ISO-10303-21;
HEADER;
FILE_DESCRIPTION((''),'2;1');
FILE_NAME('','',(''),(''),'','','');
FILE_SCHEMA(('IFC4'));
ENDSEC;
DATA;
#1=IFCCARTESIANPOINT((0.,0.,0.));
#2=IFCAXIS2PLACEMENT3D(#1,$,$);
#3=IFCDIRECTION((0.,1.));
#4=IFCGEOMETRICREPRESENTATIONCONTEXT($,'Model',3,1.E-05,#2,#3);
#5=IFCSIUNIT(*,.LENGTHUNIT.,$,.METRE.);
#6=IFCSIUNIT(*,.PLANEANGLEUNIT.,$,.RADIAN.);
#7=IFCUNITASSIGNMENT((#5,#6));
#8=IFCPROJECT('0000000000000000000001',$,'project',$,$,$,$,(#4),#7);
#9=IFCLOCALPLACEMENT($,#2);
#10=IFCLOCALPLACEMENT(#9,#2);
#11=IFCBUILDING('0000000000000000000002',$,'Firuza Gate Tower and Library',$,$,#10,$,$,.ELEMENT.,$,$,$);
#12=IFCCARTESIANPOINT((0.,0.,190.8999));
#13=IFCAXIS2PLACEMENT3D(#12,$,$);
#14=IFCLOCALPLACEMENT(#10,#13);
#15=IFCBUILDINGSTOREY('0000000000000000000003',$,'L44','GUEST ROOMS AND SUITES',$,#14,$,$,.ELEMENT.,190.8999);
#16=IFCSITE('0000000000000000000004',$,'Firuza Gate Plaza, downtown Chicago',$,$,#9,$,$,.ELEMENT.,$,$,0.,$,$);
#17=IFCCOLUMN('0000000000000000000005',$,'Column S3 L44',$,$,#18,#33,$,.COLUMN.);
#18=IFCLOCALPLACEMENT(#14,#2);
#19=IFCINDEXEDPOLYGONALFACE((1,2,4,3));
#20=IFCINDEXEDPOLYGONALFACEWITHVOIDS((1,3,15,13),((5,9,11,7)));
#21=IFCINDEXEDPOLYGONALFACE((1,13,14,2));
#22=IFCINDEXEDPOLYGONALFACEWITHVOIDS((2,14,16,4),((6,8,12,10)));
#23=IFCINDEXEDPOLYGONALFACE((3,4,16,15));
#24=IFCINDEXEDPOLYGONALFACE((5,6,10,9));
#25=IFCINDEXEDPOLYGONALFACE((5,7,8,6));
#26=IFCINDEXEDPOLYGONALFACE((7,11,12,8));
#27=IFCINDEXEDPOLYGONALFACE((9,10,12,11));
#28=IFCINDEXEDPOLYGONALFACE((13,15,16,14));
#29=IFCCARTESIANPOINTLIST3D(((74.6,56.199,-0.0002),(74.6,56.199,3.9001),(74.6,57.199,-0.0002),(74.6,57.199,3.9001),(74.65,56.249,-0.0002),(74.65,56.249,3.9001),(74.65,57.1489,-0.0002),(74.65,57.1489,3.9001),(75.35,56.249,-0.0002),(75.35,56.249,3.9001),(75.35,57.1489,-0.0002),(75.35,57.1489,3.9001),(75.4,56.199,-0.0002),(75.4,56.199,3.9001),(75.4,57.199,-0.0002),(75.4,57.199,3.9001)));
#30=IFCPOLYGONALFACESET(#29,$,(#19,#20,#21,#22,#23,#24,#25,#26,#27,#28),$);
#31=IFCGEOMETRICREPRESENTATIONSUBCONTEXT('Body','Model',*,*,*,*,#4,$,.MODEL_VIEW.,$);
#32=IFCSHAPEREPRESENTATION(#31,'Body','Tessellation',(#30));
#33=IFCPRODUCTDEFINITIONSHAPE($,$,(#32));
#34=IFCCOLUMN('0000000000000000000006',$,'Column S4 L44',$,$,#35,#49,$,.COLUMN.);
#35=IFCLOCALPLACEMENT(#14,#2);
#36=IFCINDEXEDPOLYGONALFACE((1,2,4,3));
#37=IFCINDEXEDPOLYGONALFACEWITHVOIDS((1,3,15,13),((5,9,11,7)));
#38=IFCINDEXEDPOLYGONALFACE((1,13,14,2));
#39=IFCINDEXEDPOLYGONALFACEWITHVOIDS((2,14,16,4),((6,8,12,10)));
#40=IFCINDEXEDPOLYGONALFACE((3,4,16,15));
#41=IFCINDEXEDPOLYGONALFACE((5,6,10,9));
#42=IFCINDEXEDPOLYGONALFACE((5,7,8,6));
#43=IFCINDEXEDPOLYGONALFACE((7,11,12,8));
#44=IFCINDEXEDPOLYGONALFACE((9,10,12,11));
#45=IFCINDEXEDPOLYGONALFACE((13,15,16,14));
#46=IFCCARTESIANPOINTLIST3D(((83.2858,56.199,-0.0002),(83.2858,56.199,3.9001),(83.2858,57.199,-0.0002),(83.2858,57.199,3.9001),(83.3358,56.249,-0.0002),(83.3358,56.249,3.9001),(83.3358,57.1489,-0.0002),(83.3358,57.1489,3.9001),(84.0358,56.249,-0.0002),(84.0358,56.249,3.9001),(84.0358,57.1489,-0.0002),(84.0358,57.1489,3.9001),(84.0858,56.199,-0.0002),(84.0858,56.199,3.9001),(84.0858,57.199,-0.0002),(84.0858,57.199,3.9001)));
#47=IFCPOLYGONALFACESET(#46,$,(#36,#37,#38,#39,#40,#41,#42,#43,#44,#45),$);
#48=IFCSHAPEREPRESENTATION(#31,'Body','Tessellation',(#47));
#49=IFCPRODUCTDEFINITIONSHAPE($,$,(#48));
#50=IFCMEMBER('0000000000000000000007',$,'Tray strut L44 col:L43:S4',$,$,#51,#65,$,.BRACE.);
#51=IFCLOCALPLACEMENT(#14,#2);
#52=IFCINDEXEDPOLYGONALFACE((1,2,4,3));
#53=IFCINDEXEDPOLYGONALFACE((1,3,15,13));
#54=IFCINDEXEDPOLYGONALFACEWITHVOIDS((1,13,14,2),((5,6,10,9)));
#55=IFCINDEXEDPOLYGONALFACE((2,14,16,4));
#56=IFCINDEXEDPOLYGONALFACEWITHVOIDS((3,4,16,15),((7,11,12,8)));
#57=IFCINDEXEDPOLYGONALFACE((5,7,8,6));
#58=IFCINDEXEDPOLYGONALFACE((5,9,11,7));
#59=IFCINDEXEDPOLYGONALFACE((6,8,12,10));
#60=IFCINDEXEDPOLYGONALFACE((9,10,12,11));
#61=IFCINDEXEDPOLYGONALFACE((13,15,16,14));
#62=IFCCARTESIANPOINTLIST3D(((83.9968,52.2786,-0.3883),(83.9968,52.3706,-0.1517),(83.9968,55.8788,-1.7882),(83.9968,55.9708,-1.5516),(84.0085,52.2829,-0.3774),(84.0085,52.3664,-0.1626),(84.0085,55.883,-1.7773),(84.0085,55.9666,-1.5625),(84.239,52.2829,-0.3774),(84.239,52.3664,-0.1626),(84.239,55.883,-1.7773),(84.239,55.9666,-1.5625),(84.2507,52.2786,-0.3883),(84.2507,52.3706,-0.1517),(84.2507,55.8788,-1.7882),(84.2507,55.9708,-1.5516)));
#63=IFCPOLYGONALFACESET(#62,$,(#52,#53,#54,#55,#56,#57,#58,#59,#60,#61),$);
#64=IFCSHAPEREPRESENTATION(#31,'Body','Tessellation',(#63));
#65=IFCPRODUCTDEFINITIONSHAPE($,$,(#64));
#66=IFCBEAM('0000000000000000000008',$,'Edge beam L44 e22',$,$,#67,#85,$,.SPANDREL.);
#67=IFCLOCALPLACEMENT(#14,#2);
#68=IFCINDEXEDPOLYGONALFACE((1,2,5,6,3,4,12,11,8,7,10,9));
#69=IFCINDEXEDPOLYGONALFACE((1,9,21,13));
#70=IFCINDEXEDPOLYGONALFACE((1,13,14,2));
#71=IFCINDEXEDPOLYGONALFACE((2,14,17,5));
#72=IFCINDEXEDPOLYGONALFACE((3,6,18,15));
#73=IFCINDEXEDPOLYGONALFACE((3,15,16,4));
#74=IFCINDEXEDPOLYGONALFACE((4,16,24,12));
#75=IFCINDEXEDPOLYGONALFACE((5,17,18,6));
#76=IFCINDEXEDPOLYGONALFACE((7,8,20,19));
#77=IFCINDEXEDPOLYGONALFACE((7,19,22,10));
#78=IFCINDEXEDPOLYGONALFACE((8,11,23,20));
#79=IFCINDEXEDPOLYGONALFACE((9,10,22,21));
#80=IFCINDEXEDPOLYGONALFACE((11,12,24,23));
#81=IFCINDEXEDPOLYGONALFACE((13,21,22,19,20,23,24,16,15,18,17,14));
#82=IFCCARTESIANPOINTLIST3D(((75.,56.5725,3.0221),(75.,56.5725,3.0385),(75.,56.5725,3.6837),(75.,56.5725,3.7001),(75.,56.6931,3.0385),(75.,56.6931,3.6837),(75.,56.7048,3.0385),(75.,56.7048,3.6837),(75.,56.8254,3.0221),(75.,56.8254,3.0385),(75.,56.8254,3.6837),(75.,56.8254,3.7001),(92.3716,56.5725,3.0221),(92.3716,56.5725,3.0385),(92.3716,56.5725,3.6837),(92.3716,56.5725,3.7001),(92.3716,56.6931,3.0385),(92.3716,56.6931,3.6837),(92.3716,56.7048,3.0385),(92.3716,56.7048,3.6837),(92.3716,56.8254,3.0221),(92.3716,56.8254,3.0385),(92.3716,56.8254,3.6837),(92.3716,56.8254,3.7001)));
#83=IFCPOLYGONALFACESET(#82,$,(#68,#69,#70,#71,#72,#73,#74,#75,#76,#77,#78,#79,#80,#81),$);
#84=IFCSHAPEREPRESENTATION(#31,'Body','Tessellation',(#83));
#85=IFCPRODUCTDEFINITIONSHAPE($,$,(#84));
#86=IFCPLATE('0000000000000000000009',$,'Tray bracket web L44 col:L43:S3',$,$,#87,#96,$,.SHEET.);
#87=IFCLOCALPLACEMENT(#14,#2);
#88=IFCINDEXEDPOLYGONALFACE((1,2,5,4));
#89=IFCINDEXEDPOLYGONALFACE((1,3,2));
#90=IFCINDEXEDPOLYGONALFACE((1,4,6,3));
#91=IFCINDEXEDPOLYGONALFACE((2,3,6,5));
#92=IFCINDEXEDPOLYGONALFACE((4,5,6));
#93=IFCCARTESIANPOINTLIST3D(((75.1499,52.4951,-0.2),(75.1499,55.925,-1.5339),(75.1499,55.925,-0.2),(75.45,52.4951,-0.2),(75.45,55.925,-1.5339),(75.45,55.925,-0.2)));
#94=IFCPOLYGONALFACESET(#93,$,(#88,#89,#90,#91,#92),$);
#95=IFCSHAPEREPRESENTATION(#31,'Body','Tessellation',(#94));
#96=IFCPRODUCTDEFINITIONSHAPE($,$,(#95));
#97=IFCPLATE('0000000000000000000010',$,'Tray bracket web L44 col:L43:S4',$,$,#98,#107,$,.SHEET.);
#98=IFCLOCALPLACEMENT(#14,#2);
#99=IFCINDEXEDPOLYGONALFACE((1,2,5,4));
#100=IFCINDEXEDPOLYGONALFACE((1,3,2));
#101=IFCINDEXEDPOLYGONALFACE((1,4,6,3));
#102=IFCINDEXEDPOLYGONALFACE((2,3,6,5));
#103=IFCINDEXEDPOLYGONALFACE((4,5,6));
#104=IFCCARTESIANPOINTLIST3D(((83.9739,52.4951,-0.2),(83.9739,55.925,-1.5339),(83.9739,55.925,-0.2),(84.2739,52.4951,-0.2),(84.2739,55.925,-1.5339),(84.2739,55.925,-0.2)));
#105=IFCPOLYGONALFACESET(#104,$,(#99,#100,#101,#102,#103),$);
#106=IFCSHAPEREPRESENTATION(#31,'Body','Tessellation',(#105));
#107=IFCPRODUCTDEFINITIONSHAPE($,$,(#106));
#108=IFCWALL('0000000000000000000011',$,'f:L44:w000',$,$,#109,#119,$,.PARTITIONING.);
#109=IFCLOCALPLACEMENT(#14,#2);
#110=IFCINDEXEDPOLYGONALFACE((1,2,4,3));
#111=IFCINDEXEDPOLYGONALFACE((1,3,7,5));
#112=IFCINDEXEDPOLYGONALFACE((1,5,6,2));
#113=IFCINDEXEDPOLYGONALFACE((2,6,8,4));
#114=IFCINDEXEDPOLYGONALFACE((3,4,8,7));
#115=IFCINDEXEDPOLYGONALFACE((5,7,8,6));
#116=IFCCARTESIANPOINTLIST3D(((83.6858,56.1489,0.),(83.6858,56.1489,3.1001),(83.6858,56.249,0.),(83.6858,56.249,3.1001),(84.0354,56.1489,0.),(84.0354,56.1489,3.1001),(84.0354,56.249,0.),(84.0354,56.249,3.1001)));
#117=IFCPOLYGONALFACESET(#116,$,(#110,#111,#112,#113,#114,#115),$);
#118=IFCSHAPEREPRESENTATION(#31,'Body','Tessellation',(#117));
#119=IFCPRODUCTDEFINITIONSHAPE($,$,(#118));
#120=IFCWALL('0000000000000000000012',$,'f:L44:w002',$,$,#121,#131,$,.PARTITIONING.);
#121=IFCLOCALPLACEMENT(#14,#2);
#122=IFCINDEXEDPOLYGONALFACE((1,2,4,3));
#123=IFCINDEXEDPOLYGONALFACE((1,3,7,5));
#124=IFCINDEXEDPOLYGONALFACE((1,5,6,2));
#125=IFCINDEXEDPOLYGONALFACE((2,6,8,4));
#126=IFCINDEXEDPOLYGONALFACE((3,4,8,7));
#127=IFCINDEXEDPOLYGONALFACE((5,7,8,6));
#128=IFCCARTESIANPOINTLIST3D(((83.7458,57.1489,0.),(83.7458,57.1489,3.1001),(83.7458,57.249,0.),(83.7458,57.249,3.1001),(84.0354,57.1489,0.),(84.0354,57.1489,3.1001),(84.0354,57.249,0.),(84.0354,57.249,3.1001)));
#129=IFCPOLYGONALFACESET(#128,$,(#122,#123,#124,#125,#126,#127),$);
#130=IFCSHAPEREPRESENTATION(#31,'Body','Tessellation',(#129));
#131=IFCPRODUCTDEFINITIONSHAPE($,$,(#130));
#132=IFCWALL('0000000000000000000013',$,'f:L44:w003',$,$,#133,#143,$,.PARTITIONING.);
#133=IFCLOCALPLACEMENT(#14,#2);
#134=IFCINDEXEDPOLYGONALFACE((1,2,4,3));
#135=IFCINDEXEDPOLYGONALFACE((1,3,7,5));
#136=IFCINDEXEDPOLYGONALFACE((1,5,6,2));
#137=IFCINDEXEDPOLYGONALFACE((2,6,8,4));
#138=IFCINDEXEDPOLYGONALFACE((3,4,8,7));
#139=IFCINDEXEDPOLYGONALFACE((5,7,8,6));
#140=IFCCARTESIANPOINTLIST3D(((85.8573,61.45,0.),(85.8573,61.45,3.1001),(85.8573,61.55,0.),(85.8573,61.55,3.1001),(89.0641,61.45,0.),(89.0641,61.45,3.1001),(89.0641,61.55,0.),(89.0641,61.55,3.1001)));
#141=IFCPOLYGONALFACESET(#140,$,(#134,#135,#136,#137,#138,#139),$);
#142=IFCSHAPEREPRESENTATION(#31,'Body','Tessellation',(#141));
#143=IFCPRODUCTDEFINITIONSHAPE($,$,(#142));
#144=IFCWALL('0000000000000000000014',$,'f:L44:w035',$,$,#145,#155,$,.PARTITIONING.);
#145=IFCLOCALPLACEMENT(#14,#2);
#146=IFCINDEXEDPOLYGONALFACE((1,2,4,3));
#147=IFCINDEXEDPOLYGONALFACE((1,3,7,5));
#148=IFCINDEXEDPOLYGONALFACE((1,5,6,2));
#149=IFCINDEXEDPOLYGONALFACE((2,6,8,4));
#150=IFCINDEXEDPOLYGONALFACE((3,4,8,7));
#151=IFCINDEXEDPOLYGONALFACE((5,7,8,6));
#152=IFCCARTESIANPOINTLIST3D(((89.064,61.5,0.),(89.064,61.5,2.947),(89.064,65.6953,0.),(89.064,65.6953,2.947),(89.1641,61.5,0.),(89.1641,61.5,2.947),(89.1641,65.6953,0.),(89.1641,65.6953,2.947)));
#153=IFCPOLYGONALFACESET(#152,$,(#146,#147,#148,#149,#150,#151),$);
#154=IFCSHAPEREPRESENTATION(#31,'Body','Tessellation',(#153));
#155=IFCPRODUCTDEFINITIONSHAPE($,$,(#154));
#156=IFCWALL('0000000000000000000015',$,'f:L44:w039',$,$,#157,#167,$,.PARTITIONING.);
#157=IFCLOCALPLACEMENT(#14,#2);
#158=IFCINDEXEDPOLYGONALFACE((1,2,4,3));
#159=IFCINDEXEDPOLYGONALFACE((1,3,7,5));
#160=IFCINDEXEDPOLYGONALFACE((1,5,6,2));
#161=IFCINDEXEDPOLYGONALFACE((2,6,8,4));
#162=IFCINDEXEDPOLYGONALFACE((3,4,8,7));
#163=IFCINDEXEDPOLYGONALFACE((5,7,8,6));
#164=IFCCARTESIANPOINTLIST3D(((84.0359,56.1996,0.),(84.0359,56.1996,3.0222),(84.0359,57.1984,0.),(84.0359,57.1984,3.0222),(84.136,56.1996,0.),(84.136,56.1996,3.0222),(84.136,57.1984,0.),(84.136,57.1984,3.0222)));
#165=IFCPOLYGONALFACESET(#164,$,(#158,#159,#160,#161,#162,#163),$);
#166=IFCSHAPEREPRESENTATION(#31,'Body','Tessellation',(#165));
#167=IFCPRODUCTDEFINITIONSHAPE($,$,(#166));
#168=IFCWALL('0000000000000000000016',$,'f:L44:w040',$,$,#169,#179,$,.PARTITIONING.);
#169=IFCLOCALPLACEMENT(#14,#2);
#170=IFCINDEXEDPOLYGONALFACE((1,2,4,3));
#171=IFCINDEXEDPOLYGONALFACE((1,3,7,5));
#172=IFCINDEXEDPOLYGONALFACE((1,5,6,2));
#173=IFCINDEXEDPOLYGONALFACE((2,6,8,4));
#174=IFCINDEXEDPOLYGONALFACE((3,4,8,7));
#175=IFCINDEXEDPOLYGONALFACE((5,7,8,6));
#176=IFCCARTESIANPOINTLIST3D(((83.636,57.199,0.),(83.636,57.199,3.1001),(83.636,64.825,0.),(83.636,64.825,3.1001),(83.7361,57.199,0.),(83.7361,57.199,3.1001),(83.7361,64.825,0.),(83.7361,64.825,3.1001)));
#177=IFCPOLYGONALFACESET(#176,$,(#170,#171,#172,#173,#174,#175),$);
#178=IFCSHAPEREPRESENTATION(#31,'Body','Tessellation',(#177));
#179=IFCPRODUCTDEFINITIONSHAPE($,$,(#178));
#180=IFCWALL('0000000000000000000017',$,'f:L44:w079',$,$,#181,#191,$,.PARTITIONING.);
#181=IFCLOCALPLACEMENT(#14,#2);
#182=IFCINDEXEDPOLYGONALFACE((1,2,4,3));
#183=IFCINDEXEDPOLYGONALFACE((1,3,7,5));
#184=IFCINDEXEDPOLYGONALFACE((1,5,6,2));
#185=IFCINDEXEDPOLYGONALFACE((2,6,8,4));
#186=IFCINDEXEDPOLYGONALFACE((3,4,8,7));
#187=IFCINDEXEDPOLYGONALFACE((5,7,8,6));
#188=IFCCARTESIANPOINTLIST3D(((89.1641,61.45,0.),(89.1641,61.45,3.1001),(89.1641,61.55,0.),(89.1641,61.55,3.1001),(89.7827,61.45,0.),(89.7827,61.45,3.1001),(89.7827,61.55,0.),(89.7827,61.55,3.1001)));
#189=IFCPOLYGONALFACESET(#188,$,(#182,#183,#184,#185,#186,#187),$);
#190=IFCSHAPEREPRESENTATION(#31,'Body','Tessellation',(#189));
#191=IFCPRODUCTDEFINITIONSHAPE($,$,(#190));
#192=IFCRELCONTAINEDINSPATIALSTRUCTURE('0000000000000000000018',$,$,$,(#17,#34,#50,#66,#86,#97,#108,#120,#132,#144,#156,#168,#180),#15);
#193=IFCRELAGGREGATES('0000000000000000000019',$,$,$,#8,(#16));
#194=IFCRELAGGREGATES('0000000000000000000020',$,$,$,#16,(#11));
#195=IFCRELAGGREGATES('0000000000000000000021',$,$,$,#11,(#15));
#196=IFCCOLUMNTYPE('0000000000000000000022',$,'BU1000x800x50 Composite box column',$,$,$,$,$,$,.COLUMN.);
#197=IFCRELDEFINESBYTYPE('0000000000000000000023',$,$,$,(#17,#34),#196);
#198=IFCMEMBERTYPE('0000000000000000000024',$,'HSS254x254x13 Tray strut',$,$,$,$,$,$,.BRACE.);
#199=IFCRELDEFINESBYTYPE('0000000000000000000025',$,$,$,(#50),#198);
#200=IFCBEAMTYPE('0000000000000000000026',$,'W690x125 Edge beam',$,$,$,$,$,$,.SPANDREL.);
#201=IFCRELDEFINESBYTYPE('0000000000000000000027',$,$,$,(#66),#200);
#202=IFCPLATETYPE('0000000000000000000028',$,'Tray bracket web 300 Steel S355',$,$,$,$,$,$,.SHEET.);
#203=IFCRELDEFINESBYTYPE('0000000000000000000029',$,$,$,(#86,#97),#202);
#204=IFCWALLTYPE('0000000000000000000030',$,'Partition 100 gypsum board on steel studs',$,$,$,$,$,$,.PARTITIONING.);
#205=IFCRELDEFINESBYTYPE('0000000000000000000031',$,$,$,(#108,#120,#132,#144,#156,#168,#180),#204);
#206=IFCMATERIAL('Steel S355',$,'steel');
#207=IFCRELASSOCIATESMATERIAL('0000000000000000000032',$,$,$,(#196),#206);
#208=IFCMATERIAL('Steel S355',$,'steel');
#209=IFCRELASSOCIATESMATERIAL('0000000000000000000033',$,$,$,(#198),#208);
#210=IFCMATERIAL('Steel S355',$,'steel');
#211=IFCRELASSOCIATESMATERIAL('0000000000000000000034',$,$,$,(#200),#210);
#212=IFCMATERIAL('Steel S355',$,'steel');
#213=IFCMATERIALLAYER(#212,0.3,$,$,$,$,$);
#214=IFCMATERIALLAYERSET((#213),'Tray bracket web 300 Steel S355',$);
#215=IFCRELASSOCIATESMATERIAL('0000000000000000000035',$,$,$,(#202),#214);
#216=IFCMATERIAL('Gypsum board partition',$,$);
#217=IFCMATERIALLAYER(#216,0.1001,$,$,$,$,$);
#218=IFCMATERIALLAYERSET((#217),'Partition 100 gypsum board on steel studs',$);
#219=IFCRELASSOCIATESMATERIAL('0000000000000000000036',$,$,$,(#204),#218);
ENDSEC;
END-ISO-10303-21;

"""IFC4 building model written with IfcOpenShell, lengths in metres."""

from ifc_helpers import new_model, si_unit, direction, frame, frame_2d, origin, origin_2d, place, context, subcontext, project, spatial, polyline, rectangle, hollow_rectangle, i_section, outline, extrude, material, layer, layer_set, material_profile, profile_set, type_object, element, save


model = new_model("IFC4")

# Units and contexts
model_context = context("Model", 3, precision=1e-05, world=origin(), true_north=direction((0.0, 1.0)))
body_context = subcontext(model_context, "Body", "Model", "MODEL_VIEW")
ifc_project = project(units=[si_unit("LENGTHUNIT", "METRE"), si_unit("PLANEANGLEUNIT", "RADIAN")], contexts=[model_context])

# Site, building, storey
site_placement = place(None, origin())
site = spatial("IfcSite", under=ifc_project, at=site_placement, Name="Firuza Gate Plaza, downtown Chicago", CompositionType="ELEMENT", RefElevation=0.0)
building_placement = place(site_placement, origin())
building = spatial("IfcBuilding", under=site, at=building_placement, Name="Firuza Gate Tower and Library", CompositionType="ELEMENT")
storey_placement = place(building_placement, frame((0.0, 0.0, 190.8999)))
storey = spatial("IfcBuildingStorey", under=building, at=storey_placement, Name="L44", Description="GUEST ROOMS AND SUITES", CompositionType="ELEMENT", Elevation=190.8999)

# Columns
ifc_material_1 = material(Name="Steel S355", Category="steel")
ifc_material_profile_1 = material_profile(ifc_material_1, hollow_rectangle(XDim=0.8, YDim=1.0, WallThickness=0.05, at=origin_2d()))
ifc_profile_set_1 = profile_set([ifc_material_profile_1], Name="Steel S355")
column_type = type_object("IfcColumnType", Name="BU1000x800x50 Composite box column", PredefinedType="COLUMN", material=ifc_profile_set_1)
for number, where, z_axis, x_axis, name in (
    (1, (75.0, 56.699, -0.0002), (0.0, 0.0, 1.0), (1.0, 0.0, 0.0), "Column S3 L44"),
    (2, (83.6858, 56.699, -0.0002), (0.0, 0.0, 1.0), (1.0, 0.0, 0.0), "Column S4 L44"),
):
    element("IfcColumn", number, at=place(storey_placement, frame(where, z_axis=z_axis, x_axis=x_axis)), inside=storey, type_object=column_type, Name=name, PredefinedType="COLUMN", context=body_context, shape_type="SweptSolid", body=[
        extrude(hollow_rectangle(XDim=0.8, YDim=1.0, WallThickness=0.05, at=origin_2d()), origin(), (0.0, 0.0, 1.0), 3.9004),
    ])

# Member
ifc_material_2 = material(Name="Steel S355", Category="steel")
ifc_material_profile_2 = material_profile(ifc_material_2, hollow_rectangle(XDim=0.2539, YDim=0.2539, WallThickness=0.0117, at=origin_2d()))
ifc_profile_set_2 = profile_set([ifc_material_profile_2], Name="Steel S355")
member_type = type_object("IfcMemberType", Name="HSS254x254x13 Tray strut", PredefinedType="BRACE", material=ifc_profile_set_2)
member_placement = place(storey_placement, frame((84.1238, 55.9248, -1.6699), z_axis=(0.0, -0.932017, 0.362416), x_axis=(1.0, 0.0, 0.0)))
element("IfcMember", 3, at=member_placement, inside=storey, type_object=member_type, Name="Tray strut L44 col:L43:S4", PredefinedType="BRACE", context=body_context, shape_type="SweptSolid", body=[
    extrude(hollow_rectangle(XDim=0.2539, YDim=0.2539, WallThickness=0.0117, at=origin_2d()), origin(), (0.0, 0.0, 1.0), 3.8628),
])

# Beam
ifc_material_3 = material(Name="Steel S355", Category="steel")
ifc_material_profile_3 = material_profile(ifc_material_3, i_section(OverallWidth=0.2529, OverallDepth=0.678, WebThickness=0.0117, FlangeThickness=0.0164, at=origin_2d()))
ifc_profile_set_3 = profile_set([ifc_material_profile_3], Name="Steel S355")
beam_type = type_object("IfcBeamType", Name="W690x125 Edge beam", PredefinedType="SPANDREL", material=ifc_profile_set_3)
beam_placement = place(storey_placement, frame((75.0, 56.699, 3.3611), z_axis=(1.0, 0.0, 0.0), x_axis=(0.0, 1.0, 0.0)))
element("IfcBeam", 4, at=beam_placement, inside=storey, type_object=beam_type, Name="Edge beam L44 e22", PredefinedType="SPANDREL", context=body_context, shape_type="SweptSolid", body=[
    extrude(i_section(OverallWidth=0.2529, OverallDepth=0.678, WebThickness=0.0117, FlangeThickness=0.0164, at=origin_2d()), origin(), (0.0, 0.0, 1.0), 17.3716),
])

# Plates
ifc_material_4 = material(Name="Steel S355", Category="steel")
ifc_layer_1 = layer(ifc_material_4, 0.3)
ifc_layer_set_1 = layer_set([ifc_layer_1], Name="Tray bracket web 300 Steel S355")
plate_type = type_object("IfcPlateType", Name="Tray bracket web 300 Steel S355", PredefinedType="SHEET", material=ifc_layer_set_1)
for number, where, z_axis, x_axis, name in (
    (5, (75.45, 55.925, -0.2), (1.0, 0.0, 0.0), (0.0, -1.0, 0.0), "Tray bracket web L44 col:L43:S3"),
    (6, (84.2739, 55.925, -0.2), (1.0, 0.0, 0.0), (0.0, -1.0, 0.0), "Tray bracket web L44 col:L43:S4"),
):
    element("IfcPlate", number, at=place(storey_placement, frame(where, z_axis=z_axis, x_axis=x_axis)), inside=storey, type_object=plate_type, Name=name, PredefinedType="SHEET", context=body_context, shape_type="SweptSolid", body=[
        extrude(outline(polyline([(0.0, 0.0), (3.4299, 0.0), (0.0, 1.334), (0.0, 0.0)])), origin(), (0.0, 0.0, -1.0), 0.3),
    ])

# Walls
ifc_material_5 = material(Name="Gypsum board partition")
ifc_layer_2 = layer(ifc_material_5, 0.1001)
ifc_layer_set_2 = layer_set([ifc_layer_2], Name="Partition 100 gypsum board on steel studs")
wall_type = type_object("IfcWallType", Name="Partition 100 gypsum board on steel studs", PredefinedType="PARTITIONING", material=ifc_layer_set_2)
wall_1_placement = place(storey_placement, frame((83.6858, 56.199, 0.0), z_axis=(0.0, 0.0, 1.0), x_axis=(1.0, 0.0, 0.0)))
element("IfcWall", 7, at=wall_1_placement, inside=storey, type_object=wall_type, Name="f:L44:w000", PredefinedType="PARTITIONING", context=body_context, shape_type="SweptSolid", body=[
    extrude(rectangle(XDim=0.3496, YDim=0.1001, at=frame_2d((0.1748, 0.0))), origin(), (0.0, 0.0, 1.0), 3.1001),
])
wall_2_placement = place(storey_placement, frame((83.7458, 57.199, 0.0), z_axis=(0.0, 0.0, 1.0), x_axis=(1.0, 0.0, 0.0)))
element("IfcWall", 8, at=wall_2_placement, inside=storey, type_object=wall_type, Name="f:L44:w002", PredefinedType="PARTITIONING", context=body_context, shape_type="SweptSolid", body=[
    extrude(rectangle(XDim=0.2896, YDim=0.1001, at=frame_2d((0.1448, 0.0))), origin(), (0.0, 0.0, 1.0), 3.1001),
])
wall_3_placement = place(storey_placement, frame((85.8572, 61.5, 0.0), z_axis=(0.0, 0.0, 1.0), x_axis=(1.0, 0.0, 0.0)))
element("IfcWall", 9, at=wall_3_placement, inside=storey, type_object=wall_type, Name="f:L44:w003", PredefinedType="PARTITIONING", context=body_context, shape_type="SweptSolid", body=[
    extrude(rectangle(XDim=3.2068, YDim=0.1001, at=frame_2d((1.6035, 0.0))), origin(), (0.0, 0.0, 1.0), 3.1001),
])
wall_4_placement = place(storey_placement, frame((89.114, 61.5, 0.0), z_axis=(0.0, 0.0, 1.0), x_axis=(0.0, 1.0, 0.0)))
element("IfcWall", 10, at=wall_4_placement, inside=storey, type_object=wall_type, Name="f:L44:w035", PredefinedType="PARTITIONING", context=body_context, shape_type="SweptSolid", body=[
    extrude(rectangle(XDim=4.1953, YDim=0.1001, at=frame_2d((2.0977, 0.0))), origin(), (0.0, 0.0, 1.0), 2.947),
])
wall_5_placement = place(storey_placement, frame((84.0859, 56.1995, 0.0), z_axis=(0.0, 0.0, 1.0), x_axis=(0.0, 1.0, 0.0)))
element("IfcWall", 11, at=wall_5_placement, inside=storey, type_object=wall_type, Name="f:L44:w039", PredefinedType="PARTITIONING", context=body_context, shape_type="SweptSolid", body=[
    extrude(rectangle(XDim=0.9988, YDim=0.1001, at=frame_2d((0.4995, 0.0))), origin(), (0.0, 0.0, 1.0), 3.0222),
])
wall_6_placement = place(storey_placement, frame((83.686, 57.199, 0.0), z_axis=(0.0, 0.0, 1.0), x_axis=(0.0, 1.0, 0.0)))
element("IfcWall", 12, at=wall_6_placement, inside=storey, type_object=wall_type, Name="f:L44:w040", PredefinedType="PARTITIONING", context=body_context, shape_type="SweptSolid", body=[
    extrude(rectangle(XDim=7.626, YDim=0.1001, at=frame_2d((3.813, 0.0))), origin(), (0.0, 0.0, 1.0), 3.1001),
])
wall_7_placement = place(storey_placement, frame((89.1641, 61.5, 0.0), z_axis=(0.0, 0.0, 1.0), x_axis=(1.0, 0.0, 0.0)))
element("IfcWall", 13, at=wall_7_placement, inside=storey, type_object=wall_type, Name="f:L44:w079", PredefinedType="PARTITIONING", context=body_context, shape_type="SweptSolid", body=[
    extrude(rectangle(XDim=0.6187, YDim=0.1001, at=frame_2d((0.3093, 0.0))), origin(), (0.0, 0.0, 1.0), 3.1001),
])

save(model, "model.ifc")
